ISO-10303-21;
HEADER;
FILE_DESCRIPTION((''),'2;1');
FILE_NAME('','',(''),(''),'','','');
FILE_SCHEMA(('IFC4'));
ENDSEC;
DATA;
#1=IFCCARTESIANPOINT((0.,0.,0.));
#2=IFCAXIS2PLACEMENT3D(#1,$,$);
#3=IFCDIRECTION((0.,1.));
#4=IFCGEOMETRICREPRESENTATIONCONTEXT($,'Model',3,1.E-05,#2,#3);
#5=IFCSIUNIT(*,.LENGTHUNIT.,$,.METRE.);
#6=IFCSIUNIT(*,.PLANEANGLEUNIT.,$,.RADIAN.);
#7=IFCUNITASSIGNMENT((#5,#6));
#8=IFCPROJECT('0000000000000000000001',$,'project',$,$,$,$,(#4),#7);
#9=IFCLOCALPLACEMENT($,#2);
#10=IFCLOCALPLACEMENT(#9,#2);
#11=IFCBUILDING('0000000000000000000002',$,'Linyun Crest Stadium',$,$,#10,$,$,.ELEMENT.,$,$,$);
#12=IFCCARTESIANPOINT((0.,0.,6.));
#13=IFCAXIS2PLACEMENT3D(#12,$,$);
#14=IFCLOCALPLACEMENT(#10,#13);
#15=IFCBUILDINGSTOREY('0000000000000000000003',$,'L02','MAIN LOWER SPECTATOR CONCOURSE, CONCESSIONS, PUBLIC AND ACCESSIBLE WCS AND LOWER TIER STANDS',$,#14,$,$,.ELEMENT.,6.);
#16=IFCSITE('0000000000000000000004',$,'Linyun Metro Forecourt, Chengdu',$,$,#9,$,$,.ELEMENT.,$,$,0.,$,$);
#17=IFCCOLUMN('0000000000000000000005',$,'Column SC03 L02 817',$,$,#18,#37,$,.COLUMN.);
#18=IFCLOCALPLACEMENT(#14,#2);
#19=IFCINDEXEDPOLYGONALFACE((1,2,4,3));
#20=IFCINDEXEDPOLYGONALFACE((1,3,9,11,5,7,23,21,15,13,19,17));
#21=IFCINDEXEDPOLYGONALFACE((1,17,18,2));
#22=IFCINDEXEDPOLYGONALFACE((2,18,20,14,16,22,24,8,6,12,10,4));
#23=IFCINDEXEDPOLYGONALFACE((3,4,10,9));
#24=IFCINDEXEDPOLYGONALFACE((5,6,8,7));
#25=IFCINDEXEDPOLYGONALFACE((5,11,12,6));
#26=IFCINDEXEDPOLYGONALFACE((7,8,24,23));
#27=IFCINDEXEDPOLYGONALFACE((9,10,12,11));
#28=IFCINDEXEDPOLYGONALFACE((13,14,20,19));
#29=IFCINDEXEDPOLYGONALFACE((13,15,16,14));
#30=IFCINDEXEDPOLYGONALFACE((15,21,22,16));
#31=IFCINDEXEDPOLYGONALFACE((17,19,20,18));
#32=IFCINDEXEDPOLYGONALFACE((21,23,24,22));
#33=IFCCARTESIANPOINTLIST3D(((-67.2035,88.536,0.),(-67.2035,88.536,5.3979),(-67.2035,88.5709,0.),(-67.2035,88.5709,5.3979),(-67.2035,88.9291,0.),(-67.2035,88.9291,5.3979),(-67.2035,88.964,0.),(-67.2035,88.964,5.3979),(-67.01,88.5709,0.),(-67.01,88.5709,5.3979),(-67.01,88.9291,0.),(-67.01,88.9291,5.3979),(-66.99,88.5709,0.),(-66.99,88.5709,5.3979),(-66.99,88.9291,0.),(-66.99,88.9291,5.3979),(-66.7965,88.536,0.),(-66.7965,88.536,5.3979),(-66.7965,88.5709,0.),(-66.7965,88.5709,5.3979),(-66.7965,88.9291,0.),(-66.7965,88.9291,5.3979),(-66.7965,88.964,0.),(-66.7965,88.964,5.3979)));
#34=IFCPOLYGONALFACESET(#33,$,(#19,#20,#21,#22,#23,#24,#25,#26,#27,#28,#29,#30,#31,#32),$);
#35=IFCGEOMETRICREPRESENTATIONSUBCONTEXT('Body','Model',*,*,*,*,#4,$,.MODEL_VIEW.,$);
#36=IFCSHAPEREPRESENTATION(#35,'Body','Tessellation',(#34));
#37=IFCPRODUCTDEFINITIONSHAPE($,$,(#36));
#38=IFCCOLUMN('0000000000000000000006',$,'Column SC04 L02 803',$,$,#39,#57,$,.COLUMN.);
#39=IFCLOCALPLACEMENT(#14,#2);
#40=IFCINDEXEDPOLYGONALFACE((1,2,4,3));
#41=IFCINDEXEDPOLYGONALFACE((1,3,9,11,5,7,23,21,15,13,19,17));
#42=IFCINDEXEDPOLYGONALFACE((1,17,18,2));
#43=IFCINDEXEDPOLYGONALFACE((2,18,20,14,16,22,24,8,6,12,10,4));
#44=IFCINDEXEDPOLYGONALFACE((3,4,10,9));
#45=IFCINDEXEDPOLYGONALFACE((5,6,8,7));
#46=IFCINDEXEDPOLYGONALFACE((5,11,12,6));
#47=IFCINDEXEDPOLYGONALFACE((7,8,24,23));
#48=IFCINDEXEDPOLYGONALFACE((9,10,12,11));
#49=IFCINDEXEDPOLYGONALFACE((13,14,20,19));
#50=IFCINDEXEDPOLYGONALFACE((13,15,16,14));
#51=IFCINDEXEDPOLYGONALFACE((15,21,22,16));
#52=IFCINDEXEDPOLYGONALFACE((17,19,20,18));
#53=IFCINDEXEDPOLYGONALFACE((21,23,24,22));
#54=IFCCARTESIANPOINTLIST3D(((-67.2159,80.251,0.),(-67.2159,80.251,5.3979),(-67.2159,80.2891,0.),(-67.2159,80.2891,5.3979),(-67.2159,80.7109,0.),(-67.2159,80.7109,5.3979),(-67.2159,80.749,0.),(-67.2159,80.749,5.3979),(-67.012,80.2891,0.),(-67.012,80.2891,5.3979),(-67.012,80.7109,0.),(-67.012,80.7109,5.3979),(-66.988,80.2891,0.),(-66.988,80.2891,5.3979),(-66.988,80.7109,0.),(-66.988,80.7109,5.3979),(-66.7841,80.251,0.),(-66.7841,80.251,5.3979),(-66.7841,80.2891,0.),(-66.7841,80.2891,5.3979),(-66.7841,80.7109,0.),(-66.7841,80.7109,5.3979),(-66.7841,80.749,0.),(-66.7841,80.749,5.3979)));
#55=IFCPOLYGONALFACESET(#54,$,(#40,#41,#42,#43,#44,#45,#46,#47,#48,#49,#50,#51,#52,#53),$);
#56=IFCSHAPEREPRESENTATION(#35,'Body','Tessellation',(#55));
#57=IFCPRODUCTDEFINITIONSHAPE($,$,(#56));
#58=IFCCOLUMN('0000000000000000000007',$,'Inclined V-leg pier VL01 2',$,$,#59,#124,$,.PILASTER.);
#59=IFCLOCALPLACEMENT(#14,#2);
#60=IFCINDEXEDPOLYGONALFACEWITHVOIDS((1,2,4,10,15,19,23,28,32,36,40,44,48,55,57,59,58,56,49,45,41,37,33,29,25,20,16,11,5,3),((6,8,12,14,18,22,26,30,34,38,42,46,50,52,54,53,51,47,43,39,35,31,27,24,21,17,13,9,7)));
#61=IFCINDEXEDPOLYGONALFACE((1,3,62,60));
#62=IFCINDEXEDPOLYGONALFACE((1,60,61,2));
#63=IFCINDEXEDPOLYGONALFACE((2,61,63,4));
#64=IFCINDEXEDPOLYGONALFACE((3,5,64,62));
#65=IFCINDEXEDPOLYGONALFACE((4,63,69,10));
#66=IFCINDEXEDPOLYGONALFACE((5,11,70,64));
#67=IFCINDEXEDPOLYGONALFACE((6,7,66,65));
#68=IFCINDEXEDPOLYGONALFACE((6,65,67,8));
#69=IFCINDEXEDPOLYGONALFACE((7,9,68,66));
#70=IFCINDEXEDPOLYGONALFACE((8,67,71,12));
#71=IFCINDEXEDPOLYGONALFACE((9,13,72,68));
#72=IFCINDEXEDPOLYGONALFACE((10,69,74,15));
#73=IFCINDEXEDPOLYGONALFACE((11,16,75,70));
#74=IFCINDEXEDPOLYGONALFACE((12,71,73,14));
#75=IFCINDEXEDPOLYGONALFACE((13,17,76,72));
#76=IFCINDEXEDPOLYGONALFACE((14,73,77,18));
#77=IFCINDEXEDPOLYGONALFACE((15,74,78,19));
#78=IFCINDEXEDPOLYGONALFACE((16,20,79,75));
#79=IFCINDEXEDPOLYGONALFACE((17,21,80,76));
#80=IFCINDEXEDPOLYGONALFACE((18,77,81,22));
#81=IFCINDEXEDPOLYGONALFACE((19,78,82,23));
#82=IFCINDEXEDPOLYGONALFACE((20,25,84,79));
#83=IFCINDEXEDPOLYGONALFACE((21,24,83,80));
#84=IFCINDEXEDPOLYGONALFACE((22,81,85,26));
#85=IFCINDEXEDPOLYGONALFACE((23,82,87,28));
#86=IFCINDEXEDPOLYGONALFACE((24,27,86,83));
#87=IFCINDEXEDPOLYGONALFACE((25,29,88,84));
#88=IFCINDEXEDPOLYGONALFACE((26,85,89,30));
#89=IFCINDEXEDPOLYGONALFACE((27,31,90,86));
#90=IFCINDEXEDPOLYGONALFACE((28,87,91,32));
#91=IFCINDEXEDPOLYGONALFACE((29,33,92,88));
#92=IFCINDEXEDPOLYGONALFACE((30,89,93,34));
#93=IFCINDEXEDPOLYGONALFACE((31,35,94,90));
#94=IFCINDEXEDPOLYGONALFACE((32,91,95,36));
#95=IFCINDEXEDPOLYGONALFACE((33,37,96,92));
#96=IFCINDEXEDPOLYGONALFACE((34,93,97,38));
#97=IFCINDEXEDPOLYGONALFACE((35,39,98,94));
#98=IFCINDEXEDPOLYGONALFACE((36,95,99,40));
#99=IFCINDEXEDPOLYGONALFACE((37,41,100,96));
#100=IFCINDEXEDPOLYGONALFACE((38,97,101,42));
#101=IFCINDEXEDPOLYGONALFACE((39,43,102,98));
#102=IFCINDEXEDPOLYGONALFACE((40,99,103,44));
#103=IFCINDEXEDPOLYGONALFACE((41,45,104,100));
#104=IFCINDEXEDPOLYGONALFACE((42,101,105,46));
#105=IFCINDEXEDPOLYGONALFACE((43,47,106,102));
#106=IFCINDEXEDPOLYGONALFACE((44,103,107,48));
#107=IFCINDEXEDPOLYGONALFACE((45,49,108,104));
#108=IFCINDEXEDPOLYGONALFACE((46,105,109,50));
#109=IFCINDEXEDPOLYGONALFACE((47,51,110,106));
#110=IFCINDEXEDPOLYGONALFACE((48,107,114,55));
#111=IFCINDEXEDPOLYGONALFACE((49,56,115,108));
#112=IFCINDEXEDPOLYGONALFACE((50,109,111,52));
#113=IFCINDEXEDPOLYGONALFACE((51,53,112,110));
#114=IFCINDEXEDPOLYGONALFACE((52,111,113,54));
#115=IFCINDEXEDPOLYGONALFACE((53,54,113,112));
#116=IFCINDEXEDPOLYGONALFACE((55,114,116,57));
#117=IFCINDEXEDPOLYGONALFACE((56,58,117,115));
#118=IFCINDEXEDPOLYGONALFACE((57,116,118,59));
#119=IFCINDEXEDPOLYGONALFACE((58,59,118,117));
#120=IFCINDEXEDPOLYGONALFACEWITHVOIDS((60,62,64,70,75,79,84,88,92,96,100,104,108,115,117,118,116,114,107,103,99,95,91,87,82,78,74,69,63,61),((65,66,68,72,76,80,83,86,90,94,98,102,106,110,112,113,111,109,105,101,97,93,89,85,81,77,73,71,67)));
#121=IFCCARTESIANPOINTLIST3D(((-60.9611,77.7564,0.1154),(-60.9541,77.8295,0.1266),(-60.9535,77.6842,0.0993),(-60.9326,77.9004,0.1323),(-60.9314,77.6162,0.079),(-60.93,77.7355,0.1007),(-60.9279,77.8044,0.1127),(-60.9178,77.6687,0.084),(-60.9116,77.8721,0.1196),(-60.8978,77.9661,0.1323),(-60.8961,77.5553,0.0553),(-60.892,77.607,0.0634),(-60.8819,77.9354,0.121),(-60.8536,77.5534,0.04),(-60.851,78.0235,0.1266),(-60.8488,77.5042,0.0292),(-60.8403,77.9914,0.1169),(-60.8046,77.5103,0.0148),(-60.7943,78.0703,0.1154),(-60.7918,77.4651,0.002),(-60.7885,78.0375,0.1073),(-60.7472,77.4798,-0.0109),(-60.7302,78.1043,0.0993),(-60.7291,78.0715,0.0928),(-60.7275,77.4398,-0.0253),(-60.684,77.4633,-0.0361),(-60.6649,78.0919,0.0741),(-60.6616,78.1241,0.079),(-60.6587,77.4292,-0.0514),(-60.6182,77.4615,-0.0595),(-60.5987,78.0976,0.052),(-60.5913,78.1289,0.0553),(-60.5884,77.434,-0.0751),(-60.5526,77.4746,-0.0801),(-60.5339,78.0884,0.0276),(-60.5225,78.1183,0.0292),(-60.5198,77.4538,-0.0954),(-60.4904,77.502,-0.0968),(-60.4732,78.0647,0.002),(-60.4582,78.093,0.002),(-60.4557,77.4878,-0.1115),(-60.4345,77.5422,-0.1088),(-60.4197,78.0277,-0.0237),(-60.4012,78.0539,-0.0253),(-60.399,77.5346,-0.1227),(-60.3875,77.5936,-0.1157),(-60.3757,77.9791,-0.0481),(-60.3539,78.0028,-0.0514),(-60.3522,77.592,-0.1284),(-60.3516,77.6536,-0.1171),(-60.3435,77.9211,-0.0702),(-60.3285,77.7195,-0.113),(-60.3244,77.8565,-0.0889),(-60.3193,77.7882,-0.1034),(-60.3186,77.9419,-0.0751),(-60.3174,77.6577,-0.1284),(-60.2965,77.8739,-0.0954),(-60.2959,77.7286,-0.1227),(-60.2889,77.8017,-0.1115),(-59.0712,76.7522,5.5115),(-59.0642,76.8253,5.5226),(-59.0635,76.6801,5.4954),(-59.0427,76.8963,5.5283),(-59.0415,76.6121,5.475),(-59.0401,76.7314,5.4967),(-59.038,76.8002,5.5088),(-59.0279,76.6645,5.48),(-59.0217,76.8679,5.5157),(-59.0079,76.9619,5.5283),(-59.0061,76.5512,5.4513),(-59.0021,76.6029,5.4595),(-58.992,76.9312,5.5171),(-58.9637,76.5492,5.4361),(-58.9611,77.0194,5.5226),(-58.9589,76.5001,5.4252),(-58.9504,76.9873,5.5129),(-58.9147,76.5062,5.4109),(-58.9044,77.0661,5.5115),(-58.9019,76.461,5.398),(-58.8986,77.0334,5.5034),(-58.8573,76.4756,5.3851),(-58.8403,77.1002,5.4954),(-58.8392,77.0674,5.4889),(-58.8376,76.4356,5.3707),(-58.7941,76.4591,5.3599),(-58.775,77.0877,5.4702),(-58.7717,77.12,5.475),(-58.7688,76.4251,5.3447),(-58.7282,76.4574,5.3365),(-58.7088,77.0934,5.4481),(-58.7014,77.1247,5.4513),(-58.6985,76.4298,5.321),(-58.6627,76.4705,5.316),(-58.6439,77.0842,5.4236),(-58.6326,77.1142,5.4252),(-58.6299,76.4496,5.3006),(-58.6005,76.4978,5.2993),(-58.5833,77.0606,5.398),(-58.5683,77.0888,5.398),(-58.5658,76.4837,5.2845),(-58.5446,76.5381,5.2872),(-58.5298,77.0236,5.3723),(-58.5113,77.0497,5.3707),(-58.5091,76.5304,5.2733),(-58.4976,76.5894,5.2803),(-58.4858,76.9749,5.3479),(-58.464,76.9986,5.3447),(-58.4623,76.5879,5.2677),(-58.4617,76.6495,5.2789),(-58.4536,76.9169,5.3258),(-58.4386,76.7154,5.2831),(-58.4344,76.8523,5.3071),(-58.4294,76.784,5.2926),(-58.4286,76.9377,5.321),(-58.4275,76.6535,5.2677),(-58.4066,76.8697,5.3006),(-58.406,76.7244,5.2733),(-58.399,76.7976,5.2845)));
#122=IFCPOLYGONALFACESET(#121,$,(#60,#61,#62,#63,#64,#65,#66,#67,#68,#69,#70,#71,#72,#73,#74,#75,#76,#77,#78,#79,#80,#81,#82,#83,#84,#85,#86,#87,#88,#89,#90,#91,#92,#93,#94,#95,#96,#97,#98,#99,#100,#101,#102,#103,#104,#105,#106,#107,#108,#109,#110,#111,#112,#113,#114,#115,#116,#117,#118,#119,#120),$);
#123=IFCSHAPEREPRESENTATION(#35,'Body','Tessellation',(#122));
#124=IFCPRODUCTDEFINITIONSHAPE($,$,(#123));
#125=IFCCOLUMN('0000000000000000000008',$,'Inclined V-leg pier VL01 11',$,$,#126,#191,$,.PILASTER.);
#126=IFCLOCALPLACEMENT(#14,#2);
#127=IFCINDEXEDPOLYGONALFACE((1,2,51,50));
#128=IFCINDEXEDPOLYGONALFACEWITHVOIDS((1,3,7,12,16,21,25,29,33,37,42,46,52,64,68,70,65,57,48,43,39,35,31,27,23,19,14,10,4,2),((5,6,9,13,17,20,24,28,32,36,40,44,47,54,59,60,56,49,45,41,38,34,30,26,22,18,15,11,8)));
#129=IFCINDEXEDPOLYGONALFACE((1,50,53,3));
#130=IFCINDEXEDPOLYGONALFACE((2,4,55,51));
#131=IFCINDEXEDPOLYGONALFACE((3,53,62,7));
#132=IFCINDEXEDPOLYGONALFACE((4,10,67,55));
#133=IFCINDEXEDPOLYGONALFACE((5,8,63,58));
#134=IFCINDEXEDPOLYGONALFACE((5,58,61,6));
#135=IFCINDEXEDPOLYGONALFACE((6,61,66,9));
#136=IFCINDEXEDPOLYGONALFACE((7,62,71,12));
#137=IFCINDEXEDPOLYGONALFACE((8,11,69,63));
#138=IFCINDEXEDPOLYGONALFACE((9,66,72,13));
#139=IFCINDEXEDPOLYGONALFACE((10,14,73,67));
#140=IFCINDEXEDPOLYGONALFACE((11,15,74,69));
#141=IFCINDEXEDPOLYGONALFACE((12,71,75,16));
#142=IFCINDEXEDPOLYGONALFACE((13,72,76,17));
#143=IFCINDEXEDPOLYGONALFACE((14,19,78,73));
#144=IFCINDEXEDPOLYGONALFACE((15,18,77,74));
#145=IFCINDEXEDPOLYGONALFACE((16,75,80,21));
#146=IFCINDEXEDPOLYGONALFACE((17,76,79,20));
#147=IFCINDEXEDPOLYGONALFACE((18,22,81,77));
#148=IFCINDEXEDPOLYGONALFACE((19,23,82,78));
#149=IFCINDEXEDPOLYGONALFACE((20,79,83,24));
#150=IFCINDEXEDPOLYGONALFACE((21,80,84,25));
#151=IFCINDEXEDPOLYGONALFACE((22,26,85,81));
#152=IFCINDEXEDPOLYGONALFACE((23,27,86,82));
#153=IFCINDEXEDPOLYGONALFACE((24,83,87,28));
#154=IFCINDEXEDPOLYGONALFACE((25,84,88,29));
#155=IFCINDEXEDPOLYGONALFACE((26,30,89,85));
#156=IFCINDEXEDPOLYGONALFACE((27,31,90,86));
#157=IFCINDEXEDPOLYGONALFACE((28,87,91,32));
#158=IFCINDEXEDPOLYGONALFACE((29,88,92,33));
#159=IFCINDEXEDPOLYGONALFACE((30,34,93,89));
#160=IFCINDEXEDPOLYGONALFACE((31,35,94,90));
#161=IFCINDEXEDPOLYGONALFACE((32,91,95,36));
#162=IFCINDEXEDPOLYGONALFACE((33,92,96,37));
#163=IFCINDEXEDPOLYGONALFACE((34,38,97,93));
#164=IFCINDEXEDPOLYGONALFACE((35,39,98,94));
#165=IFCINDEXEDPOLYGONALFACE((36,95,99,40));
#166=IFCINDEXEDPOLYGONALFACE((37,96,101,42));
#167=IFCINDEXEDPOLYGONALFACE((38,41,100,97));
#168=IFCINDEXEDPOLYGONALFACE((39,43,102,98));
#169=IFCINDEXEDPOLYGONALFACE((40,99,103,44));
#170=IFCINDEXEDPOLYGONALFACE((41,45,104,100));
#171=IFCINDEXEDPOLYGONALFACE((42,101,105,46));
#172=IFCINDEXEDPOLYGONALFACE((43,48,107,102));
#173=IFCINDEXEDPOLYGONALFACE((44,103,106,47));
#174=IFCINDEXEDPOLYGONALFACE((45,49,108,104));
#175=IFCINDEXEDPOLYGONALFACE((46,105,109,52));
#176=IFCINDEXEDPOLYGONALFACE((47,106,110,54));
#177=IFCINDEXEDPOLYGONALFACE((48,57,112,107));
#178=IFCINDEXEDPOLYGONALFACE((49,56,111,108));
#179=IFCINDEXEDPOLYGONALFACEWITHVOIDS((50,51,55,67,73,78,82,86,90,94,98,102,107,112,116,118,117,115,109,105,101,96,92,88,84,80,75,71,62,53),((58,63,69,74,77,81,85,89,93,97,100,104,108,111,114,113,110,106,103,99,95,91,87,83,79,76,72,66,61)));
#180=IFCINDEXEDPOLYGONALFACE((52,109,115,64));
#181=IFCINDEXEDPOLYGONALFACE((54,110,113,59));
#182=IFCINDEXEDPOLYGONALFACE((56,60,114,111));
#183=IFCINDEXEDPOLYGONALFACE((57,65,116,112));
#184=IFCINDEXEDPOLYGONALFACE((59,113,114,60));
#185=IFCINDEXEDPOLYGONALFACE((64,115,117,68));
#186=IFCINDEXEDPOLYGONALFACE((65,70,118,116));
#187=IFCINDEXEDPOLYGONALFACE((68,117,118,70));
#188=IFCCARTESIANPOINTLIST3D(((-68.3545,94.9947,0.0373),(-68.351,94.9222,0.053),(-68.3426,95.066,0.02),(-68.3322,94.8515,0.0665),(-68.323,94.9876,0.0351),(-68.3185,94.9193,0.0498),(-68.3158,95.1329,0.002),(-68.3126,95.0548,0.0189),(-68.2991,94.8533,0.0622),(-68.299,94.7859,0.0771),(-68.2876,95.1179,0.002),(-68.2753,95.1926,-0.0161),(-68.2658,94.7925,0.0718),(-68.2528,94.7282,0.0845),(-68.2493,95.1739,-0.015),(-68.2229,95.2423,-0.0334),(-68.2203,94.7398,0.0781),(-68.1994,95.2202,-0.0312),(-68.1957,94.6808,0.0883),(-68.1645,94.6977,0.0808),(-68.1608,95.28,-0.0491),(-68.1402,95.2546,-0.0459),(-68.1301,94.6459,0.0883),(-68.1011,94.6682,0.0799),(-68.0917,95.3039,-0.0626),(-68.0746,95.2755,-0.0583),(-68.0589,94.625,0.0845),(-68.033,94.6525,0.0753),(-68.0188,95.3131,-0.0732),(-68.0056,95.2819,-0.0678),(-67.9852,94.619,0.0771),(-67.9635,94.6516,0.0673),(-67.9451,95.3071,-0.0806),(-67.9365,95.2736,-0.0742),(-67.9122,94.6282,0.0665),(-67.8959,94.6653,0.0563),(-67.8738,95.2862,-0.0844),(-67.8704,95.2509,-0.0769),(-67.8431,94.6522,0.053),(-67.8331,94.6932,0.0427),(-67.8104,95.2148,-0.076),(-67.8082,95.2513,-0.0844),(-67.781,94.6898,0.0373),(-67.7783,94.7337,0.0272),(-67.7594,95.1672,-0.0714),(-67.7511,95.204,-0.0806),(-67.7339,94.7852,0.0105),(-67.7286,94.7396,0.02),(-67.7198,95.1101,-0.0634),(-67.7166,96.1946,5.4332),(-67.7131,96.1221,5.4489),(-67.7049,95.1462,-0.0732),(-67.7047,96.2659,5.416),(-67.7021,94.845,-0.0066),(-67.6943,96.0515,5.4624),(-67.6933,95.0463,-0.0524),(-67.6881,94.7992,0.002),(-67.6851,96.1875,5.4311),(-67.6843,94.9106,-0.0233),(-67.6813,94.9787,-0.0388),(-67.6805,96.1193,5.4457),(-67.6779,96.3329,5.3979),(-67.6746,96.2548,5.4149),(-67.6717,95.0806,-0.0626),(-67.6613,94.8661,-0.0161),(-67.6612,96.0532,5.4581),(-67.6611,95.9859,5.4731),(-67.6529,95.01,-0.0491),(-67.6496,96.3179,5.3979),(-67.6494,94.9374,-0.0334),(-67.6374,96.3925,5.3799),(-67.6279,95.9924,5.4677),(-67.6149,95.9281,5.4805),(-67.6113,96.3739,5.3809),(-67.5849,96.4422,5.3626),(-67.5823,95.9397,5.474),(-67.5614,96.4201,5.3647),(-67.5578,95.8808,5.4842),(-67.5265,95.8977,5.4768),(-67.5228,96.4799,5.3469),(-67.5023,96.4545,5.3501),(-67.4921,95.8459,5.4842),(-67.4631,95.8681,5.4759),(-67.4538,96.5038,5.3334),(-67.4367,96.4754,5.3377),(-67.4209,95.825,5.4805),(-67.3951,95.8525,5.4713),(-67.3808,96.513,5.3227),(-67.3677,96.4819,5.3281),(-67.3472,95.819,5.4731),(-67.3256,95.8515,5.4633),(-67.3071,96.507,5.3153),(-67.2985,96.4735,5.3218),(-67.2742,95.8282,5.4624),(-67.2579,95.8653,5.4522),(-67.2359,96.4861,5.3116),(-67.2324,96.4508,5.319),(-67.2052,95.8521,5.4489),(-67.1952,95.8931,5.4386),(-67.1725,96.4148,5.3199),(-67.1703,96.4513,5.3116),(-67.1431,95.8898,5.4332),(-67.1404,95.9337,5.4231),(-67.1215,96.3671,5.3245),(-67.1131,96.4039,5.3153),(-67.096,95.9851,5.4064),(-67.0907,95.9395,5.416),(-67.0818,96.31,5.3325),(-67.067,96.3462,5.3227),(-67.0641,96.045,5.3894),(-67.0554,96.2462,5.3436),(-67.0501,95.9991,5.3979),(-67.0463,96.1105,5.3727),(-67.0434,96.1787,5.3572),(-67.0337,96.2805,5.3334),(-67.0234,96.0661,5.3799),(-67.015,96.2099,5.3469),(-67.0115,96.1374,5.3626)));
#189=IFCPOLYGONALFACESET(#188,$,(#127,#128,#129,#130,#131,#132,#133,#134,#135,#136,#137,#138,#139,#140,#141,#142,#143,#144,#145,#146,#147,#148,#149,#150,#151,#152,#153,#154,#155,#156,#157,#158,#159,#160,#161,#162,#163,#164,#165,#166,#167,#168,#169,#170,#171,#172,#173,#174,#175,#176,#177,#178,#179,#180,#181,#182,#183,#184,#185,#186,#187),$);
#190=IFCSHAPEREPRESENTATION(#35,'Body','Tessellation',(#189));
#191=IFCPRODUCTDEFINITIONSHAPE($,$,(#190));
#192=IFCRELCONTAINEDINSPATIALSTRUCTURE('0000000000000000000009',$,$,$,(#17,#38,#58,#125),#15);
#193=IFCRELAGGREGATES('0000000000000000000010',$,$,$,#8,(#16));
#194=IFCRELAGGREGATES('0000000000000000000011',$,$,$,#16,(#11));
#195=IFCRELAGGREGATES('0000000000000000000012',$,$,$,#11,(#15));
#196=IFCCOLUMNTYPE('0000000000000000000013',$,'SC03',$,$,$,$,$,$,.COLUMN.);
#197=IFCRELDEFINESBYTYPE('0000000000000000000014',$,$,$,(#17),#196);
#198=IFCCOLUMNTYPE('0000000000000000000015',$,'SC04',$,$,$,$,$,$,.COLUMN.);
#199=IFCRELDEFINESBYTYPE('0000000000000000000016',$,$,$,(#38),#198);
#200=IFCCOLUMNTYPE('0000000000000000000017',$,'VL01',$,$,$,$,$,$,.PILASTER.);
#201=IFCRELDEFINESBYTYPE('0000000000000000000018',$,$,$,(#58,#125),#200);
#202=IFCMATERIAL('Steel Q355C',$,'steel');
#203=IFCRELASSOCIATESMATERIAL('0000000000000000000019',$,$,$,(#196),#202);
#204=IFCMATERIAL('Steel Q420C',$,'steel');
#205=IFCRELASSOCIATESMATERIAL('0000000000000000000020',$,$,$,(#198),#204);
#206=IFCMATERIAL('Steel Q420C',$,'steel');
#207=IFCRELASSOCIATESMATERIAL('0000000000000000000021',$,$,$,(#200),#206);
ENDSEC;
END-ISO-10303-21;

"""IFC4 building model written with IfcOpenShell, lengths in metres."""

from ifc_helpers import new_model, si_unit, direction, frame, origin, origin_2d, place, context, subcontext, project, spatial, hollow_circle, i_section, extrude, material, material_profile, profile_set, type_object, element, save


model = new_model("IFC4")

# Units and contexts
model_context = context("Model", 3, precision=1e-05, world=origin(), true_north=direction((0.0, 1.0)))
body_context = subcontext(model_context, "Body", "Model", "MODEL_VIEW")
ifc_project = project(units=[si_unit("LENGTHUNIT", "METRE"), si_unit("PLANEANGLEUNIT", "RADIAN")], contexts=[model_context])

# Site, building, storey
site_placement = place(None, origin())
site = spatial("IfcSite", under=ifc_project, at=site_placement, Name="Linyun Metro Forecourt, Chengdu", CompositionType="ELEMENT", RefElevation=0.0)
building_placement = place(site_placement, origin())
building = spatial("IfcBuilding", under=site, at=building_placement, Name="Linyun Crest Stadium", CompositionType="ELEMENT")
storey_placement = place(building_placement, frame((0.0, 0.0, 6.0)))
storey = spatial("IfcBuildingStorey", under=building, at=storey_placement, Name="L02", Description="MAIN LOWER SPECTATOR CONCOURSE, CONCESSIONS, PUBLIC AND ACCESSIBLE WCS AND LOWER TIER STANDS", CompositionType="ELEMENT", Elevation=6.0)

# Columns
ifc_material_1 = material(Name="Steel Q355C", Category="steel")
ifc_material_profile_1 = material_profile(ifc_material_1, i_section(OverallWidth=0.407, OverallDepth=0.428, WebThickness=0.02, FlangeThickness=0.0349, at=origin_2d()), Name="HW 428x407")
ifc_profile_set_1 = profile_set([ifc_material_profile_1], Name="Steel Q355C")
column_type_1 = type_object("IfcColumnType", Name="SC03", PredefinedType="COLUMN", material=ifc_profile_set_1)
column_1_placement = place(storey_placement, frame((-67.0, 88.75, 0.0), z_axis=(0.0, 0.0, 1.0), x_axis=(1.0, 0.0, 0.0)))
element("IfcColumn", 1, at=column_1_placement, inside=storey, type_object=column_type_1, Name="Column SC03 L02 817", PredefinedType="COLUMN", context=body_context, shape_type="SweptSolid", body=[
    extrude(i_section(OverallWidth=0.407, OverallDepth=0.428, WebThickness=0.02, FlangeThickness=0.0349, at=origin_2d()), origin(), (0.0, 0.0, 1.0), 5.3979),
])
ifc_material_2 = material(Name="Steel Q420C", Category="steel")
ifc_material_profile_2 = material_profile(ifc_material_2, i_section(OverallWidth=0.4319, OverallDepth=0.498, WebThickness=0.0239, FlangeThickness=0.0381, at=origin_2d()), Name="HW 498x432")
ifc_profile_set_2 = profile_set([ifc_material_profile_2], Name="Steel Q420C")
column_type_2 = type_object("IfcColumnType", Name="SC04", PredefinedType="COLUMN", material=ifc_profile_set_2)
column_2_placement = place(storey_placement, frame((-67.0, 80.5, 0.0), z_axis=(0.0, 0.0, 1.0), x_axis=(1.0, 0.0, 0.0)))
element("IfcColumn", 2, at=column_2_placement, inside=storey, type_object=column_type_2, Name="Column SC04 L02 803", PredefinedType="COLUMN", context=body_context, shape_type="SweptSolid", body=[
    extrude(i_section(OverallWidth=0.4319, OverallDepth=0.498, WebThickness=0.0239, FlangeThickness=0.0381, at=origin_2d()), origin(), (0.0, 0.0, 1.0), 5.3979),
])
ifc_material_3 = material(Name="Steel Q420C", Category="steel")
ifc_material_profile_3 = material_profile(ifc_material_3, hollow_circle(Radius=0.3555, WallThickness=0.032, at=origin_2d()), Name="CHS 711x32")
ifc_profile_set_3 = profile_set([ifc_material_profile_3], Name="Steel Q420C")
column_type_3 = type_object("IfcColumnType", Name="VL01", PredefinedType="PILASTER", material=ifc_profile_set_3)
column_3_placement = place(storey_placement, frame((-60.625, 77.7791, 0.002), z_axis=(0.325569, -0.172983, 0.92956), x_axis=(0.469208, 0.883088, 0.0)))
element("IfcColumn", 3, at=column_3_placement, inside=storey, type_object=column_type_3, Name="Inclined V-leg pier VL01 2", PredefinedType="PILASTER", context=body_context, shape_type="SweptSolid", body=[
    extrude(hollow_circle(Radius=0.3555, WallThickness=0.032, at=origin_2d()), origin(), (0.0, 0.0, 1.0), 5.8049),
])
column_4_placement = place(storey_placement, frame((-68.002, 94.9661, 0.002), z_axis=(0.114645, 0.215644, 0.969719), x_axis=(-0.882974, 0.469422, 0.0)))
element("IfcColumn", 4, at=column_4_placement, inside=storey, type_object=column_type_3, Name="Inclined V-leg pier VL01 11", PredefinedType="PILASTER", context=body_context, shape_type="SweptSolid", body=[
    extrude(hollow_circle(Radius=0.3555, WallThickness=0.032, at=origin_2d()), origin(), (0.0, 0.0, 1.0), 5.5645),
])

save(model, "model.ifc")
